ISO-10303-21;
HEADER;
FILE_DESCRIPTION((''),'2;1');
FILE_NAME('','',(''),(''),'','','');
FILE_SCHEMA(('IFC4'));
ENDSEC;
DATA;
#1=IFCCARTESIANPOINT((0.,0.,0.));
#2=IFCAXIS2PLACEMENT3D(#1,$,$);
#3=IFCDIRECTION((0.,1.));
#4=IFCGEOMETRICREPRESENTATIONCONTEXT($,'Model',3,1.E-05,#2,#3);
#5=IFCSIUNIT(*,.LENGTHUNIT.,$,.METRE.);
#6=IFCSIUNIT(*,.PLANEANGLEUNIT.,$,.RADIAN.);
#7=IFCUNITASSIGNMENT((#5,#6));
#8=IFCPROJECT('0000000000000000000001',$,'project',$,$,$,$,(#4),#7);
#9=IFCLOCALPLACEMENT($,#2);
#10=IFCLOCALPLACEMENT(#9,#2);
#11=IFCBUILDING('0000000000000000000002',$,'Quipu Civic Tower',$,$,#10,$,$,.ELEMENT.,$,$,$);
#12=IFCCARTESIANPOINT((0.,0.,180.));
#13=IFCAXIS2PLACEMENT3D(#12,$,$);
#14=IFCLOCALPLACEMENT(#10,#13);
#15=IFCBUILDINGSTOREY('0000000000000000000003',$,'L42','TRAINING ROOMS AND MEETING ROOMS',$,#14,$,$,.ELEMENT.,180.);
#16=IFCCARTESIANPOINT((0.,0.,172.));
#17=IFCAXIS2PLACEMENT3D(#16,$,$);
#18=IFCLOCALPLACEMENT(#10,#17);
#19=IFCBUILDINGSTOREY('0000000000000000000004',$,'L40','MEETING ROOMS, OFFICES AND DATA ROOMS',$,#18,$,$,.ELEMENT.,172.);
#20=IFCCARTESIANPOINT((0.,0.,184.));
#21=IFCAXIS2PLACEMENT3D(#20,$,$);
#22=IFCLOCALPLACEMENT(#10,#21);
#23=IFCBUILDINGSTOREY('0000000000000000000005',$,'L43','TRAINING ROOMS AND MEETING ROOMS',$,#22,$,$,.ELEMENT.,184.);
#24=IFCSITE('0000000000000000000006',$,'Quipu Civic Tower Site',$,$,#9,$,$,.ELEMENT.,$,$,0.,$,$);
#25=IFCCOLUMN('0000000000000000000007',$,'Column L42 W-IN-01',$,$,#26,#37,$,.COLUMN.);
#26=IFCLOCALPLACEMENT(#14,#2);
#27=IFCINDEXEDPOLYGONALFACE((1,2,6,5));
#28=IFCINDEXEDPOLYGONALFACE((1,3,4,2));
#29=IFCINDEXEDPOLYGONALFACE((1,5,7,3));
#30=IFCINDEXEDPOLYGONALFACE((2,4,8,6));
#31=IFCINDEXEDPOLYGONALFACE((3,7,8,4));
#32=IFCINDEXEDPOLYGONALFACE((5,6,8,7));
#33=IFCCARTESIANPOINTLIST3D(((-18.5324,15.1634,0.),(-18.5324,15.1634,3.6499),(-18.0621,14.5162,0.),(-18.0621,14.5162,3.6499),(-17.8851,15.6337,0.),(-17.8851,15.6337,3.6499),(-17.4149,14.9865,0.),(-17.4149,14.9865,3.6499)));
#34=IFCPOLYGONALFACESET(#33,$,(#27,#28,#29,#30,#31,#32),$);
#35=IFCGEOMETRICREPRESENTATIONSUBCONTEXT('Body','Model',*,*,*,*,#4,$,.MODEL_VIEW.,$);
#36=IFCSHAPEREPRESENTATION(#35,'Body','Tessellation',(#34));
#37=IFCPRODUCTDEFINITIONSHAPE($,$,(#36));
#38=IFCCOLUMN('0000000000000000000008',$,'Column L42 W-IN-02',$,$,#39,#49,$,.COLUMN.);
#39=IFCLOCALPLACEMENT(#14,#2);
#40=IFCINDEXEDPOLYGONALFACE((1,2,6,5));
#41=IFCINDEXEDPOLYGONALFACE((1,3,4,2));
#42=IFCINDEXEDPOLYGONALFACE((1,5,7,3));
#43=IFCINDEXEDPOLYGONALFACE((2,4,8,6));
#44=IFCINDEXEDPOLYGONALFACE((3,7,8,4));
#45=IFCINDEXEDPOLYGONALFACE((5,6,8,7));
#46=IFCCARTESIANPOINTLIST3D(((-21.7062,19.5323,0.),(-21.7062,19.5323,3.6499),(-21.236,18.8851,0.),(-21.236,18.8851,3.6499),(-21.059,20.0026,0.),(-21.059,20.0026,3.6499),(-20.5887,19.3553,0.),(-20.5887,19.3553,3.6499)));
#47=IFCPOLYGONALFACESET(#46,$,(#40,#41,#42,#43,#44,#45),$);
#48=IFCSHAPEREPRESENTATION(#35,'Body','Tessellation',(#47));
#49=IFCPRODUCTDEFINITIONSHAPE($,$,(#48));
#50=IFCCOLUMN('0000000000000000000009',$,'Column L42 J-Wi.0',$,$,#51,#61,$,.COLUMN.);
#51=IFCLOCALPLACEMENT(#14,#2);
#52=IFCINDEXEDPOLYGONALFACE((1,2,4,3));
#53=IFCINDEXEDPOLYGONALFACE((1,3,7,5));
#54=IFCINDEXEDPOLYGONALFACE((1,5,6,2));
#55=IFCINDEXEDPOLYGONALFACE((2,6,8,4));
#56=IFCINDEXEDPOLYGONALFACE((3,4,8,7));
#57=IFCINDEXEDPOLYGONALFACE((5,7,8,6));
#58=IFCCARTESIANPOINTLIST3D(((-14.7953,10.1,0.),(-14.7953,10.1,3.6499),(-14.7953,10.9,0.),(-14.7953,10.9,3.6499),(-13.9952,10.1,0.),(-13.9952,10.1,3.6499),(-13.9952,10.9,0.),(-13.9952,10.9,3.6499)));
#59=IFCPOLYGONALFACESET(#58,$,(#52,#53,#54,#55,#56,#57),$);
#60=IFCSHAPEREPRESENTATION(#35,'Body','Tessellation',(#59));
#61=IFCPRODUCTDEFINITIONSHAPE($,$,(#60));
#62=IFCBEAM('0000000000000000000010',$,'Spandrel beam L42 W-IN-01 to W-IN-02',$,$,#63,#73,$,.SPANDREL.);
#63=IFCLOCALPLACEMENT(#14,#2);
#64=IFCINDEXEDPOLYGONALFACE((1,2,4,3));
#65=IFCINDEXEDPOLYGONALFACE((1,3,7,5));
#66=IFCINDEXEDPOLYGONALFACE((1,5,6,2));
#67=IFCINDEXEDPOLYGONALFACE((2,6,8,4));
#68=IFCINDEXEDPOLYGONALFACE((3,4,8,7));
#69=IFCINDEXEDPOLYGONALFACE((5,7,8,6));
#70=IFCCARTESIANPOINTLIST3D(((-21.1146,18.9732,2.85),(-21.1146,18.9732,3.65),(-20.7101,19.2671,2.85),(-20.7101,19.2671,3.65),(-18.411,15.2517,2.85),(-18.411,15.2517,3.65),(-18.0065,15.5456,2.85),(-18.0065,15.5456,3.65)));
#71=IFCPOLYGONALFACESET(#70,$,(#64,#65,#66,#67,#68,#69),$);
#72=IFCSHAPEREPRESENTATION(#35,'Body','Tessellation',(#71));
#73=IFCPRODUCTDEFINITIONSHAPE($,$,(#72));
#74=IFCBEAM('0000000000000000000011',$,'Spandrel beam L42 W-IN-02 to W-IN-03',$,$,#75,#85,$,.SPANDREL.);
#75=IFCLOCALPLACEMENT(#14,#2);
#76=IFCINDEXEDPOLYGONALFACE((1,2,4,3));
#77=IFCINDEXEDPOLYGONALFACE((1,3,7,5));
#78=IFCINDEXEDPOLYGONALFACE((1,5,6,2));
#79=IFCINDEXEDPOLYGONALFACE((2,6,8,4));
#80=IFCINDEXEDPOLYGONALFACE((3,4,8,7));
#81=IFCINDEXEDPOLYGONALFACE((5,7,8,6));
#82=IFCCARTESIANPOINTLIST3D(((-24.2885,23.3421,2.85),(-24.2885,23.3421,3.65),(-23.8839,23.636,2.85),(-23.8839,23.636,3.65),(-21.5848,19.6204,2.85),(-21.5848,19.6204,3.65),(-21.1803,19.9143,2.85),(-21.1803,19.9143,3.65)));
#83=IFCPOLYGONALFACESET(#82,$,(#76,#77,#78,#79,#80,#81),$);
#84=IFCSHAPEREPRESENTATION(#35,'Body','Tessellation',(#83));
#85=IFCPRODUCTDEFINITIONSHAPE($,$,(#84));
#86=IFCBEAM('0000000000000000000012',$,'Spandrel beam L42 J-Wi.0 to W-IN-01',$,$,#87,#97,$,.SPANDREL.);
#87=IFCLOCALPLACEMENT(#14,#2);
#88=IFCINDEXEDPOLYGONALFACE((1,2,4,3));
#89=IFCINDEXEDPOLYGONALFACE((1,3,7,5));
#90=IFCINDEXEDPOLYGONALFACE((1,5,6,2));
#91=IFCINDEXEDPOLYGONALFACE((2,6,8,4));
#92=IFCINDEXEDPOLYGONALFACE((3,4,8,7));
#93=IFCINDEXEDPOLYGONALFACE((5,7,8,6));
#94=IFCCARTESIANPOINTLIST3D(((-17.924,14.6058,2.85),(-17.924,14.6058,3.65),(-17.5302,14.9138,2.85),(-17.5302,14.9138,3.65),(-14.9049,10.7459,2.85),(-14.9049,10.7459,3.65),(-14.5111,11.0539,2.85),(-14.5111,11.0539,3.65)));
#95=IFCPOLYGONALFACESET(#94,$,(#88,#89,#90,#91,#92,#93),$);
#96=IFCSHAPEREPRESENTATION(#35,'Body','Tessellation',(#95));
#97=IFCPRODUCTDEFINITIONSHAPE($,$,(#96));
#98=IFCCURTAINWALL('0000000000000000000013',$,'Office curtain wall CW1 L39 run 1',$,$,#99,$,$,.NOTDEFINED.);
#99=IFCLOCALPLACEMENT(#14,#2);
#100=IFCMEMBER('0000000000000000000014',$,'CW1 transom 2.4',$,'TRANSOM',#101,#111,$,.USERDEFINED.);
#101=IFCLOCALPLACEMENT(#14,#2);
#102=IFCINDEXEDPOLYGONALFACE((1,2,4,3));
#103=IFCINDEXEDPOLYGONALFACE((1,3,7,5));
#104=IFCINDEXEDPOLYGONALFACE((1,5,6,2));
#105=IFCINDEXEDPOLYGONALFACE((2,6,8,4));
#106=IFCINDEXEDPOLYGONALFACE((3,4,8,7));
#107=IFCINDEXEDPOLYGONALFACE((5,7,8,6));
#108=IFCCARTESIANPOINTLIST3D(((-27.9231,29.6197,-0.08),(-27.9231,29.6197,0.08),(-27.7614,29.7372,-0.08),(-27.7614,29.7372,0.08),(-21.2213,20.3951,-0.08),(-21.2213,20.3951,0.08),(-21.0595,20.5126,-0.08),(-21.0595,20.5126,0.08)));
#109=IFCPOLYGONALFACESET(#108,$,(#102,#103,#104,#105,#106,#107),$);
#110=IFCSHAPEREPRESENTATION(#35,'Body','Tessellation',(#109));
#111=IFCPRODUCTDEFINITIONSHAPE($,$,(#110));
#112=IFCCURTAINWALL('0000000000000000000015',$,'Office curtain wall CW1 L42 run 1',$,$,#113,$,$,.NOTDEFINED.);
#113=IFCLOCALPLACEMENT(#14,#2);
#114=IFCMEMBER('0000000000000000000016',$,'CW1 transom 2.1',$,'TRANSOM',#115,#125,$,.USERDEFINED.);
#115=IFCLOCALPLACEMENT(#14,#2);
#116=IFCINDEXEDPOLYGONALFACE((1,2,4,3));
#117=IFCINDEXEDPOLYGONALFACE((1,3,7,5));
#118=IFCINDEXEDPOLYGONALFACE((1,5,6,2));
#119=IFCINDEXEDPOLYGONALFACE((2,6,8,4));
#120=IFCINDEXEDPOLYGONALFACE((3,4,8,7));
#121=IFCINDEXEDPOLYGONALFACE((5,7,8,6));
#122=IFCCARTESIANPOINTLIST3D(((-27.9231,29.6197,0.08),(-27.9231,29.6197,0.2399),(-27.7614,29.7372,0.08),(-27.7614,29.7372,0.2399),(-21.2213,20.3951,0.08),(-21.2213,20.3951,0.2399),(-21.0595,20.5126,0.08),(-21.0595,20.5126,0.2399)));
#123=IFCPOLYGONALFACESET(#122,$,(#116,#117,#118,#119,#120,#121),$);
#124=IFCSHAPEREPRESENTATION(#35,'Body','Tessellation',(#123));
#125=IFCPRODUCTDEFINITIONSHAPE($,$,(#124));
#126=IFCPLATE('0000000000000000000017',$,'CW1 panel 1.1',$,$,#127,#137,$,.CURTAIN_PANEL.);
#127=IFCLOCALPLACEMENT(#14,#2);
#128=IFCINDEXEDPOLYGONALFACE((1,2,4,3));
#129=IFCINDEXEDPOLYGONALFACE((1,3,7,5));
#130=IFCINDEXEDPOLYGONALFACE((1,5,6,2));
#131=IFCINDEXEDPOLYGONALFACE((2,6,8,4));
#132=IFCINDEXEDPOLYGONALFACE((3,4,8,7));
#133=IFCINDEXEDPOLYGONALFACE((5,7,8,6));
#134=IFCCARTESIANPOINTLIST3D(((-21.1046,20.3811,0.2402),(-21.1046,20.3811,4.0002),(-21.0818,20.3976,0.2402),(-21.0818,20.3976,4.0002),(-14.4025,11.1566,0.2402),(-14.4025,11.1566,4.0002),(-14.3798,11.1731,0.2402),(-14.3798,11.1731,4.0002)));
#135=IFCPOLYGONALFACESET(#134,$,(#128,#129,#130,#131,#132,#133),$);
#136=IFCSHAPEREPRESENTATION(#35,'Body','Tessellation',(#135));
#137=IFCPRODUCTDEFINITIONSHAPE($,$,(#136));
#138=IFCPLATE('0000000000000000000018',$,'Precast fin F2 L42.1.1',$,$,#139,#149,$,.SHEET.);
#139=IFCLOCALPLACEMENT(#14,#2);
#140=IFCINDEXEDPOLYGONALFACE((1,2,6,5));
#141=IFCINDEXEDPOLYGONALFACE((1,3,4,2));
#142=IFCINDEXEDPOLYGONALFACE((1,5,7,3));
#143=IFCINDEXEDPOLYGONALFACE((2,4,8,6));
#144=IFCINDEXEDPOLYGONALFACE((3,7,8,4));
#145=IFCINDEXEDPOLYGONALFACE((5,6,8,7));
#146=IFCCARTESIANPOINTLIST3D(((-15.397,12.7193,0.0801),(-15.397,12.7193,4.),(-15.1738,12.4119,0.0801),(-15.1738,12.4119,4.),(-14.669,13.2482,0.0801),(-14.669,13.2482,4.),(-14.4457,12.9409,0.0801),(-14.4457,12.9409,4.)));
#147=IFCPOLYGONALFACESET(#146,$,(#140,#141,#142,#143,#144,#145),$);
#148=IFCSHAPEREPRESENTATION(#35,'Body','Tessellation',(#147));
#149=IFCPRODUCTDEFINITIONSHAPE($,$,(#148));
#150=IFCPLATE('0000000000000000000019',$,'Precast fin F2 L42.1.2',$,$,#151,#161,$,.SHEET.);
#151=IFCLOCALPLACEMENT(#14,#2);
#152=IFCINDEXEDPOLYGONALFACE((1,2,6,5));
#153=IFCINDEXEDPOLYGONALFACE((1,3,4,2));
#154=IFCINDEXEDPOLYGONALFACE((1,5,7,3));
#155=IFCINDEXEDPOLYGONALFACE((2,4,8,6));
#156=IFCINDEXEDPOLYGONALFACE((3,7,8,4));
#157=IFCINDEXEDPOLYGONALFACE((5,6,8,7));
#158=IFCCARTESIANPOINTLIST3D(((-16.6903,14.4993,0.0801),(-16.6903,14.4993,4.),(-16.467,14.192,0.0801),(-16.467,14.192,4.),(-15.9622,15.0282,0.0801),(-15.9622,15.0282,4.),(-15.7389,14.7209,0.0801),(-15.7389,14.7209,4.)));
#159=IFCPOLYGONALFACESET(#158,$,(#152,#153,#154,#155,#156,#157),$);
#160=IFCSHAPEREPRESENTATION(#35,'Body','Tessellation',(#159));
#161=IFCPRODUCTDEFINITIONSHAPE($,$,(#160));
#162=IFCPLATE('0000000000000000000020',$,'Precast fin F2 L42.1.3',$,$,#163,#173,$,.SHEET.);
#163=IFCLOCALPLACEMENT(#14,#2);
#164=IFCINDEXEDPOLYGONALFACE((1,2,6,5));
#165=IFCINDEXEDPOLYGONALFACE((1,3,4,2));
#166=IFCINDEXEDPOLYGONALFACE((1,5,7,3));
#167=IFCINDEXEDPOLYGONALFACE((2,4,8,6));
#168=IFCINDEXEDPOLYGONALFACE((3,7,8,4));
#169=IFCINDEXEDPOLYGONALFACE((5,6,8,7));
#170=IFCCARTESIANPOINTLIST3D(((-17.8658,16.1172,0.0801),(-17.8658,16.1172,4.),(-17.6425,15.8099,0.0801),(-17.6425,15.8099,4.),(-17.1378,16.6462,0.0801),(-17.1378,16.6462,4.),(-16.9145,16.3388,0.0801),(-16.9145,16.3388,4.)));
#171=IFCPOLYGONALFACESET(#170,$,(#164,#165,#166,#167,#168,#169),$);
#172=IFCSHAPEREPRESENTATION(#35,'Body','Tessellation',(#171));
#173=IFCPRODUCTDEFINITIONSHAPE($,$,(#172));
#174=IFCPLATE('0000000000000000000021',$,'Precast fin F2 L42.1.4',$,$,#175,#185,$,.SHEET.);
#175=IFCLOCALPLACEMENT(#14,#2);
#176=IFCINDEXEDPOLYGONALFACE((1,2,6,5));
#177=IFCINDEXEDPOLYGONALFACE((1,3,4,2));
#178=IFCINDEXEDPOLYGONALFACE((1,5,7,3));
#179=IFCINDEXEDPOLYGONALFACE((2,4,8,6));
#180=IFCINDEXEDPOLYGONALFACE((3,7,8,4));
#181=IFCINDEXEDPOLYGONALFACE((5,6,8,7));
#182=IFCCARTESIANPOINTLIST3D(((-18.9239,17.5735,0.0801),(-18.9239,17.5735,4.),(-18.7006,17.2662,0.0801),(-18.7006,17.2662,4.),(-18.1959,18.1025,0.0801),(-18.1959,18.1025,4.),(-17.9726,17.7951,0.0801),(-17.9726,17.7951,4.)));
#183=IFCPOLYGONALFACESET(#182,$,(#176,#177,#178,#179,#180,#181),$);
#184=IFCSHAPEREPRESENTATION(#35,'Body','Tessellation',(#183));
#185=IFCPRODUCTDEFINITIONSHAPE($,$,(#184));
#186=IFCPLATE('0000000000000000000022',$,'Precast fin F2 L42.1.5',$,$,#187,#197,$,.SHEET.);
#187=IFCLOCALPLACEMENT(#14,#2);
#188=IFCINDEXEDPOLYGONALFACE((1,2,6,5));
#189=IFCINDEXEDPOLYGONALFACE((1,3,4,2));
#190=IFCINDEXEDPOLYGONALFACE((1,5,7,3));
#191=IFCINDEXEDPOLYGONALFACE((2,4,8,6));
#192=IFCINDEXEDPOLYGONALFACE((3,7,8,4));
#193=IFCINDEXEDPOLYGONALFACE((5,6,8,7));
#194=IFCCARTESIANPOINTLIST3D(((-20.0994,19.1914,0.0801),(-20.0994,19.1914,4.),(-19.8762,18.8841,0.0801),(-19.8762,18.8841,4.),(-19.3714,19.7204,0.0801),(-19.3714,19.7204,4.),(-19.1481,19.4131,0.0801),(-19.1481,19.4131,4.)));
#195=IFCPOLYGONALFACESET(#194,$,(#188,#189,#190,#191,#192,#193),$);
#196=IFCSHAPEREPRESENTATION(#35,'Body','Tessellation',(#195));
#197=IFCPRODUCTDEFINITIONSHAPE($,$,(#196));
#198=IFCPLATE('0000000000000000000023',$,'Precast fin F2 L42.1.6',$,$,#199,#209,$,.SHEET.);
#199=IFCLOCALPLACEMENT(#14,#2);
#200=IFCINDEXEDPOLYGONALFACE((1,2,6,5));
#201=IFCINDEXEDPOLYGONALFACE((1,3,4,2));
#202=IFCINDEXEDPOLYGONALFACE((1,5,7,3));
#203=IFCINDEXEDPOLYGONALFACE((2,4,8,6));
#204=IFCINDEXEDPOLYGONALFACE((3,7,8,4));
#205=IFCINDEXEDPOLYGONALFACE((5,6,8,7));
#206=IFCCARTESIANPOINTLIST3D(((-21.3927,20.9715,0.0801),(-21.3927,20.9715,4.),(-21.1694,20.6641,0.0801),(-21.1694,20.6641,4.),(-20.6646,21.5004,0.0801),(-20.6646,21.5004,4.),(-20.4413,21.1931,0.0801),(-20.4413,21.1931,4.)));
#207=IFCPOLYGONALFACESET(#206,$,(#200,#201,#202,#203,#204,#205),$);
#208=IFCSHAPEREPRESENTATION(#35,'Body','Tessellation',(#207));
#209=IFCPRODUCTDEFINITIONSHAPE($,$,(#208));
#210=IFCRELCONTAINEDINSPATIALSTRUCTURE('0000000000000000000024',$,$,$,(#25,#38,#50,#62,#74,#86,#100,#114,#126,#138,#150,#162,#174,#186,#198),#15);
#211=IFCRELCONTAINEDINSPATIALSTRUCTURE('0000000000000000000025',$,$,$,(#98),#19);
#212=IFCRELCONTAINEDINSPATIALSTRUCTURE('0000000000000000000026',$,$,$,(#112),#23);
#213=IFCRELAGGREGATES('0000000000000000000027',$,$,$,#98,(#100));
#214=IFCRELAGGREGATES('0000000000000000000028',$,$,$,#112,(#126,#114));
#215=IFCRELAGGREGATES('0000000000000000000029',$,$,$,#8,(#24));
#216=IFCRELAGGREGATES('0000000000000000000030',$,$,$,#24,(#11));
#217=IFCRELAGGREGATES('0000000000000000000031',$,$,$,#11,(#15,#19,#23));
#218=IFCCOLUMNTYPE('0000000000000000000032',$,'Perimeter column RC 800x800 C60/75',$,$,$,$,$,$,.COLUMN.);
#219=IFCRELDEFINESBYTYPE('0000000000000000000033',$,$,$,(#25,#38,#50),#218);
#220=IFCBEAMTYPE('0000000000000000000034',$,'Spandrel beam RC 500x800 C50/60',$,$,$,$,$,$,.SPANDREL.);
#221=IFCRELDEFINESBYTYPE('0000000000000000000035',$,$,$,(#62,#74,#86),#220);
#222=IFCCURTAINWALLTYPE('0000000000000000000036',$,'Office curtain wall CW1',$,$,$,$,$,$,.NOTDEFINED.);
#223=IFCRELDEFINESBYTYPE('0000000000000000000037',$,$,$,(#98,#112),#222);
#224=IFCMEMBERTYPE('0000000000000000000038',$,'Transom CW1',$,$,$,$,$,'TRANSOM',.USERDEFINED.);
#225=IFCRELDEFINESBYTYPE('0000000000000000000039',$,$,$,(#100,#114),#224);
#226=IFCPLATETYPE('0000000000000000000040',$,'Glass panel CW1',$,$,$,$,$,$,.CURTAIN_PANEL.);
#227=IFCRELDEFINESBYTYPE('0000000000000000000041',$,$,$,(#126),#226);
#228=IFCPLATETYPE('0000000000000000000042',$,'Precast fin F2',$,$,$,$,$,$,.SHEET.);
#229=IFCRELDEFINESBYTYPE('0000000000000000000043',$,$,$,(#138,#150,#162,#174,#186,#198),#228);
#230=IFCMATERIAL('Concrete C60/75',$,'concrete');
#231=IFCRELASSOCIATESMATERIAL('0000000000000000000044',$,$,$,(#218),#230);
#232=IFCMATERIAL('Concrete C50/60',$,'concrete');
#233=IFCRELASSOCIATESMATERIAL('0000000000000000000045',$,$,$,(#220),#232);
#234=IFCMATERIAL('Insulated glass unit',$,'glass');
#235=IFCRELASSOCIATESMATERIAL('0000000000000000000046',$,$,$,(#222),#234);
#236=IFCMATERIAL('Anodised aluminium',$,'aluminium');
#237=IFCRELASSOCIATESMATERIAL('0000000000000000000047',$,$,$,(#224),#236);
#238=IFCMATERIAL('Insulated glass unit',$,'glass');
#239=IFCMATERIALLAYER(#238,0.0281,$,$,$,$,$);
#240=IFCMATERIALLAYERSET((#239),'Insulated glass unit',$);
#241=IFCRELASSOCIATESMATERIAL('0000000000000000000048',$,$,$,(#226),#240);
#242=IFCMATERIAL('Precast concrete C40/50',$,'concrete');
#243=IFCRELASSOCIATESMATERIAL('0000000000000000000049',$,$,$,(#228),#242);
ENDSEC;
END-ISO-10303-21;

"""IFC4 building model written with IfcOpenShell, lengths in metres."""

from ifc_helpers import new_model, si_unit, direction, frame, origin, origin_2d, place, context, subcontext, project, spatial, rectangle, extrude, material, layer, layer_set, material_profile, profile_set, type_object, element, aggregate, save


model = new_model("IFC4")

# Units and contexts
model_context = context("Model", 3, precision=1e-05, world=origin(), true_north=direction((0.0, 1.0)))
body_context = subcontext(model_context, "Body", "Model", "MODEL_VIEW")
ifc_project = project(units=[si_unit("LENGTHUNIT", "METRE"), si_unit("PLANEANGLEUNIT", "RADIAN")], contexts=[model_context])

# Site, building, storey
site_placement = place(None, origin())
site = spatial("IfcSite", under=ifc_project, at=site_placement, Name="Quipu Civic Tower Site", CompositionType="ELEMENT", RefElevation=0.0)
building_placement = place(site_placement, origin())
building = spatial("IfcBuilding", under=site, at=building_placement, Name="Quipu Civic Tower", CompositionType="ELEMENT")
storey_1_placement = place(building_placement, frame((0.0, 0.0, 180.0)))
storey_1 = spatial("IfcBuildingStorey", under=building, at=storey_1_placement, Name="L42", Description="TRAINING ROOMS AND MEETING ROOMS", CompositionType="ELEMENT", Elevation=180.0)

# Columns
ifc_material_1 = material(Name="Concrete C60/75", Category="concrete")
ifc_material_profile_1 = material_profile(ifc_material_1, rectangle(XDim=0.8, YDim=0.8, at=origin_2d()), Name="RC800x800")
ifc_profile_set_1 = profile_set([ifc_material_profile_1], Name="Concrete C60/75")
column_type = type_object("IfcColumnType", Name="Perimeter column RC 800x800 C60/75", PredefinedType="COLUMN", material=ifc_profile_set_1)
for number, where, z_axis, x_axis, name in (
    (1, (-17.9736, 15.075, 0.0), (0.0, 0.0, 1.0), (-0.587785, 0.809017, 0.0), "Column L42 W-IN-01"),
    (2, (-21.1475, 19.4438, 0.0), (0.0, 0.0, 1.0), (-0.587785, 0.809017, 0.0), "Column L42 W-IN-02"),
    (3, (-14.3953, 10.5, 0.0), (0.0, 0.0, 1.0), (-1.0, 0.0, 0.0), "Column L42 J-Wi.0"),
):
    element("IfcColumn", number, at=place(storey_1_placement, frame(where, z_axis=z_axis, x_axis=x_axis)), inside=storey_1, type_object=column_type, Name=name, PredefinedType="COLUMN", context=body_context, shape_type="SweptSolid", body=[
        extrude(rectangle(XDim=0.8, YDim=0.8, at=origin_2d()), origin(), (0.0, 0.0, 1.0), 3.6499),
    ])

# Beams
ifc_material_2 = material(Name="Concrete C50/60", Category="concrete")
ifc_material_profile_2 = material_profile(ifc_material_2, rectangle(XDim=0.5, YDim=0.8, at=origin_2d()), Name="RC500x800")
ifc_profile_set_2 = profile_set([ifc_material_profile_2], Name="Concrete C50/60")
beam_type = type_object("IfcBeamType", Name="Spandrel beam RC 500x800 C50/60", PredefinedType="SPANDREL", material=ifc_profile_set_2)
beam_1_placement = place(storey_1_placement, frame((-18.2087, 15.3987, 3.25), z_axis=(-0.587761, 0.809034, 0.0), x_axis=(-0.809034, -0.587761, 0.0)))
element("IfcBeam", 4, at=beam_1_placement, inside=storey_1, type_object=beam_type, Name="Spandrel beam L42 W-IN-01 to W-IN-02", PredefinedType="SPANDREL", context=body_context, shape_type="SweptSolid", body=[
    extrude(rectangle(XDim=0.5, YDim=0.8, at=origin_2d()), origin(), (0.0, 0.0, 1.0), 4.5999),
])
beam_2_placement = place(storey_1_placement, frame((-21.3826, 19.7673, 3.25), z_axis=(-0.587736, 0.809053, 0.0), x_axis=(-0.809053, -0.587736, 0.0)))
element("IfcBeam", 5, at=beam_2_placement, inside=storey_1, type_object=beam_type, Name="Spandrel beam L42 W-IN-02 to W-IN-03", PredefinedType="SPANDREL", context=body_context, shape_type="SweptSolid", body=[
    extrude(rectangle(XDim=0.5, YDim=0.8, at=origin_2d()), origin(), (0.0, 0.0, 1.0), 4.6001),
])
beam_3_placement = place(storey_1_placement, frame((-14.708, 10.8999, 3.25), z_axis=(-0.616091, 0.787675, 0.0), x_axis=(-0.787675, -0.616091, 0.0)))
element("IfcBeam", 6, at=beam_3_placement, inside=storey_1, type_object=beam_type, Name="Spandrel beam L42 J-Wi.0 to W-IN-01", PredefinedType="SPANDREL", context=body_context, shape_type="SweptSolid", body=[
    extrude(rectangle(XDim=0.5, YDim=0.8, at=origin_2d()), origin(), (0.0, 0.0, 1.0), 4.9004),
])

# Shared definitions
storey_2_placement = place(building_placement, frame((0.0, 0.0, 172.0)))
storey_2 = spatial("IfcBuildingStorey", under=building, at=storey_2_placement, Name="L40", Description="MEETING ROOMS, OFFICES AND DATA ROOMS", CompositionType="ELEMENT", Elevation=172.0)

# Curtain wall, member
ifc_material_3 = material(Name="Insulated glass unit", Category="glass")
curtain_wall_type = type_object("IfcCurtainWallType", Name="Office curtain wall CW1", PredefinedType="NOTDEFINED", material=ifc_material_3)
curtain_wall_1_placement = place(storey_2_placement, origin())
curtain_wall_1 = element("IfcCurtainWall", 7, at=curtain_wall_1_placement, inside=storey_2, type_object=curtain_wall_type, Name="Office curtain wall CW1 L39 run 1", PredefinedType="NOTDEFINED")
ifc_material_4 = material(Name="Anodised aluminium", Category="aluminium")
ifc_material_profile_3 = material_profile(ifc_material_4, rectangle(XDim=0.2, YDim=0.1599, at=origin_2d()), Name="RECT 200x160")
ifc_profile_set_3 = profile_set([ifc_material_profile_3], Name="Anodised aluminium")
member_type = type_object("IfcMemberType", Name="Transom CW1", ElementType="TRANSOM", PredefinedType="USERDEFINED", material=ifc_profile_set_3)
member_1_placement = place(storey_1_placement, frame((-21.1404, 20.4539, 0.0), z_axis=(-0.587776, 0.809024, 0.0), x_axis=(-0.809024, -0.587776, 0.0)))
member_1 = element("IfcMember", 8, at=member_1_placement, inside=storey_1, type_object=member_type, Name="CW1 transom 2.4", ObjectType="TRANSOM", PredefinedType="USERDEFINED", context=body_context, shape_type="SweptSolid", body=[
    extrude(rectangle(XDim=0.2, YDim=0.1599, at=origin_2d()), origin(), (0.0, 0.0, 1.0), 11.4021),
])
aggregate(curtain_wall_1, [member_1])

# Shared definitions
storey_3_placement = place(building_placement, frame((0.0, 0.0, 184.0)))
storey_3 = spatial("IfcBuildingStorey", under=building, at=storey_3_placement, Name="L43", Description="TRAINING ROOMS AND MEETING ROOMS", CompositionType="ELEMENT", Elevation=184.0)

# Curtain wall, member, plate
curtain_wall_2_placement = place(storey_3_placement, origin())
curtain_wall_2 = element("IfcCurtainWall", 9, at=curtain_wall_2_placement, inside=storey_3, type_object=curtain_wall_type, Name="Office curtain wall CW1 L42 run 1", PredefinedType="NOTDEFINED")
member_2_placement = place(storey_1_placement, frame((-21.1404, 20.4539, 0.1599), z_axis=(-0.587776, 0.809024, 0.0), x_axis=(-0.809024, -0.587776, 0.0)))
member_2 = element("IfcMember", 10, at=member_2_placement, inside=storey_1, type_object=member_type, Name="CW1 transom 2.1", ObjectType="TRANSOM", PredefinedType="USERDEFINED", context=body_context, shape_type="SweptSolid", body=[
    extrude(rectangle(XDim=0.2, YDim=0.1599, at=origin_2d()), origin(), (0.0, 0.0, 1.0), 11.4021),
])
ifc_material_5 = material(Name="Insulated glass unit", Category="glass")
ifc_layer_1 = layer(ifc_material_5, 0.0281)
ifc_layer_set_1 = layer_set([ifc_layer_1], Name="Insulated glass unit")
plate_type_1 = type_object("IfcPlateType", Name="Glass panel CW1", PredefinedType="CURTAIN_PANEL", material=ifc_layer_set_1)
plate_placement = place(storey_1_placement, frame((-17.7422, 15.7771, 0.2402), z_axis=(0.0, 0.0, 1.0), x_axis=(-0.587789, 0.809014, 0.0)))
plate = element("IfcPlate", 11, at=plate_placement, inside=storey_1, type_object=plate_type_1, Name="CW1 panel 1.1", PredefinedType="CURTAIN_PANEL", context=body_context, shape_type="SweptSolid", body=[
    extrude(rectangle(XDim=11.4021, YDim=0.0281, at=origin_2d()), origin(), (0.0, 0.0, 1.0), 3.76),
])
aggregate(curtain_wall_2, [plate, member_2])

# Plates
ifc_material_6 = material(Name="Precast concrete C40/50", Category="concrete")
plate_type_2 = type_object("IfcPlateType", Name="Precast fin F2", PredefinedType="SHEET", material=ifc_material_6)
for number, where, z_axis, x_axis, name in (
    (12, (-14.9214, 12.8301, 0.0801), (0.0, 0.0, 1.0), (-0.587787, 0.809016, 0.0), "Precast fin F2 L42.1.1"),
    (13, (-16.2146, 14.6101, 0.0801), (0.0, 0.0, 1.0), (-0.587787, 0.809016, 0.0), "Precast fin F2 L42.1.2"),
    (14, (-17.3901, 16.228, 0.0801), (0.0, 0.0, 1.0), (-0.587787, 0.809016, 0.0), "Precast fin F2 L42.1.3"),
    (15, (-18.4482, 17.6843, 0.0801), (0.0, 0.0, 1.0), (-0.587787, 0.809016, 0.0), "Precast fin F2 L42.1.4"),
    (16, (-19.6238, 19.3022, 0.0801), (0.0, 0.0, 1.0), (-0.587787, 0.809016, 0.0), "Precast fin F2 L42.1.5"),
    (17, (-20.917, 21.0823, 0.0801), (0.0, 0.0, 1.0), (-0.587787, 0.809016, 0.0), "Precast fin F2 L42.1.6"),
):
    element("IfcPlate", number, at=place(storey_1_placement, frame(where, z_axis=z_axis, x_axis=x_axis)), inside=storey_1, type_object=plate_type_2, Name=name, PredefinedType="SHEET", context=body_context, shape_type="SweptSolid", body=[
        extrude(rectangle(XDim=0.3799, YDim=0.8999, at=origin_2d()), origin(), (0.0, 0.0, 1.0), 3.9199),
    ])

save(model, "model.ifc")
